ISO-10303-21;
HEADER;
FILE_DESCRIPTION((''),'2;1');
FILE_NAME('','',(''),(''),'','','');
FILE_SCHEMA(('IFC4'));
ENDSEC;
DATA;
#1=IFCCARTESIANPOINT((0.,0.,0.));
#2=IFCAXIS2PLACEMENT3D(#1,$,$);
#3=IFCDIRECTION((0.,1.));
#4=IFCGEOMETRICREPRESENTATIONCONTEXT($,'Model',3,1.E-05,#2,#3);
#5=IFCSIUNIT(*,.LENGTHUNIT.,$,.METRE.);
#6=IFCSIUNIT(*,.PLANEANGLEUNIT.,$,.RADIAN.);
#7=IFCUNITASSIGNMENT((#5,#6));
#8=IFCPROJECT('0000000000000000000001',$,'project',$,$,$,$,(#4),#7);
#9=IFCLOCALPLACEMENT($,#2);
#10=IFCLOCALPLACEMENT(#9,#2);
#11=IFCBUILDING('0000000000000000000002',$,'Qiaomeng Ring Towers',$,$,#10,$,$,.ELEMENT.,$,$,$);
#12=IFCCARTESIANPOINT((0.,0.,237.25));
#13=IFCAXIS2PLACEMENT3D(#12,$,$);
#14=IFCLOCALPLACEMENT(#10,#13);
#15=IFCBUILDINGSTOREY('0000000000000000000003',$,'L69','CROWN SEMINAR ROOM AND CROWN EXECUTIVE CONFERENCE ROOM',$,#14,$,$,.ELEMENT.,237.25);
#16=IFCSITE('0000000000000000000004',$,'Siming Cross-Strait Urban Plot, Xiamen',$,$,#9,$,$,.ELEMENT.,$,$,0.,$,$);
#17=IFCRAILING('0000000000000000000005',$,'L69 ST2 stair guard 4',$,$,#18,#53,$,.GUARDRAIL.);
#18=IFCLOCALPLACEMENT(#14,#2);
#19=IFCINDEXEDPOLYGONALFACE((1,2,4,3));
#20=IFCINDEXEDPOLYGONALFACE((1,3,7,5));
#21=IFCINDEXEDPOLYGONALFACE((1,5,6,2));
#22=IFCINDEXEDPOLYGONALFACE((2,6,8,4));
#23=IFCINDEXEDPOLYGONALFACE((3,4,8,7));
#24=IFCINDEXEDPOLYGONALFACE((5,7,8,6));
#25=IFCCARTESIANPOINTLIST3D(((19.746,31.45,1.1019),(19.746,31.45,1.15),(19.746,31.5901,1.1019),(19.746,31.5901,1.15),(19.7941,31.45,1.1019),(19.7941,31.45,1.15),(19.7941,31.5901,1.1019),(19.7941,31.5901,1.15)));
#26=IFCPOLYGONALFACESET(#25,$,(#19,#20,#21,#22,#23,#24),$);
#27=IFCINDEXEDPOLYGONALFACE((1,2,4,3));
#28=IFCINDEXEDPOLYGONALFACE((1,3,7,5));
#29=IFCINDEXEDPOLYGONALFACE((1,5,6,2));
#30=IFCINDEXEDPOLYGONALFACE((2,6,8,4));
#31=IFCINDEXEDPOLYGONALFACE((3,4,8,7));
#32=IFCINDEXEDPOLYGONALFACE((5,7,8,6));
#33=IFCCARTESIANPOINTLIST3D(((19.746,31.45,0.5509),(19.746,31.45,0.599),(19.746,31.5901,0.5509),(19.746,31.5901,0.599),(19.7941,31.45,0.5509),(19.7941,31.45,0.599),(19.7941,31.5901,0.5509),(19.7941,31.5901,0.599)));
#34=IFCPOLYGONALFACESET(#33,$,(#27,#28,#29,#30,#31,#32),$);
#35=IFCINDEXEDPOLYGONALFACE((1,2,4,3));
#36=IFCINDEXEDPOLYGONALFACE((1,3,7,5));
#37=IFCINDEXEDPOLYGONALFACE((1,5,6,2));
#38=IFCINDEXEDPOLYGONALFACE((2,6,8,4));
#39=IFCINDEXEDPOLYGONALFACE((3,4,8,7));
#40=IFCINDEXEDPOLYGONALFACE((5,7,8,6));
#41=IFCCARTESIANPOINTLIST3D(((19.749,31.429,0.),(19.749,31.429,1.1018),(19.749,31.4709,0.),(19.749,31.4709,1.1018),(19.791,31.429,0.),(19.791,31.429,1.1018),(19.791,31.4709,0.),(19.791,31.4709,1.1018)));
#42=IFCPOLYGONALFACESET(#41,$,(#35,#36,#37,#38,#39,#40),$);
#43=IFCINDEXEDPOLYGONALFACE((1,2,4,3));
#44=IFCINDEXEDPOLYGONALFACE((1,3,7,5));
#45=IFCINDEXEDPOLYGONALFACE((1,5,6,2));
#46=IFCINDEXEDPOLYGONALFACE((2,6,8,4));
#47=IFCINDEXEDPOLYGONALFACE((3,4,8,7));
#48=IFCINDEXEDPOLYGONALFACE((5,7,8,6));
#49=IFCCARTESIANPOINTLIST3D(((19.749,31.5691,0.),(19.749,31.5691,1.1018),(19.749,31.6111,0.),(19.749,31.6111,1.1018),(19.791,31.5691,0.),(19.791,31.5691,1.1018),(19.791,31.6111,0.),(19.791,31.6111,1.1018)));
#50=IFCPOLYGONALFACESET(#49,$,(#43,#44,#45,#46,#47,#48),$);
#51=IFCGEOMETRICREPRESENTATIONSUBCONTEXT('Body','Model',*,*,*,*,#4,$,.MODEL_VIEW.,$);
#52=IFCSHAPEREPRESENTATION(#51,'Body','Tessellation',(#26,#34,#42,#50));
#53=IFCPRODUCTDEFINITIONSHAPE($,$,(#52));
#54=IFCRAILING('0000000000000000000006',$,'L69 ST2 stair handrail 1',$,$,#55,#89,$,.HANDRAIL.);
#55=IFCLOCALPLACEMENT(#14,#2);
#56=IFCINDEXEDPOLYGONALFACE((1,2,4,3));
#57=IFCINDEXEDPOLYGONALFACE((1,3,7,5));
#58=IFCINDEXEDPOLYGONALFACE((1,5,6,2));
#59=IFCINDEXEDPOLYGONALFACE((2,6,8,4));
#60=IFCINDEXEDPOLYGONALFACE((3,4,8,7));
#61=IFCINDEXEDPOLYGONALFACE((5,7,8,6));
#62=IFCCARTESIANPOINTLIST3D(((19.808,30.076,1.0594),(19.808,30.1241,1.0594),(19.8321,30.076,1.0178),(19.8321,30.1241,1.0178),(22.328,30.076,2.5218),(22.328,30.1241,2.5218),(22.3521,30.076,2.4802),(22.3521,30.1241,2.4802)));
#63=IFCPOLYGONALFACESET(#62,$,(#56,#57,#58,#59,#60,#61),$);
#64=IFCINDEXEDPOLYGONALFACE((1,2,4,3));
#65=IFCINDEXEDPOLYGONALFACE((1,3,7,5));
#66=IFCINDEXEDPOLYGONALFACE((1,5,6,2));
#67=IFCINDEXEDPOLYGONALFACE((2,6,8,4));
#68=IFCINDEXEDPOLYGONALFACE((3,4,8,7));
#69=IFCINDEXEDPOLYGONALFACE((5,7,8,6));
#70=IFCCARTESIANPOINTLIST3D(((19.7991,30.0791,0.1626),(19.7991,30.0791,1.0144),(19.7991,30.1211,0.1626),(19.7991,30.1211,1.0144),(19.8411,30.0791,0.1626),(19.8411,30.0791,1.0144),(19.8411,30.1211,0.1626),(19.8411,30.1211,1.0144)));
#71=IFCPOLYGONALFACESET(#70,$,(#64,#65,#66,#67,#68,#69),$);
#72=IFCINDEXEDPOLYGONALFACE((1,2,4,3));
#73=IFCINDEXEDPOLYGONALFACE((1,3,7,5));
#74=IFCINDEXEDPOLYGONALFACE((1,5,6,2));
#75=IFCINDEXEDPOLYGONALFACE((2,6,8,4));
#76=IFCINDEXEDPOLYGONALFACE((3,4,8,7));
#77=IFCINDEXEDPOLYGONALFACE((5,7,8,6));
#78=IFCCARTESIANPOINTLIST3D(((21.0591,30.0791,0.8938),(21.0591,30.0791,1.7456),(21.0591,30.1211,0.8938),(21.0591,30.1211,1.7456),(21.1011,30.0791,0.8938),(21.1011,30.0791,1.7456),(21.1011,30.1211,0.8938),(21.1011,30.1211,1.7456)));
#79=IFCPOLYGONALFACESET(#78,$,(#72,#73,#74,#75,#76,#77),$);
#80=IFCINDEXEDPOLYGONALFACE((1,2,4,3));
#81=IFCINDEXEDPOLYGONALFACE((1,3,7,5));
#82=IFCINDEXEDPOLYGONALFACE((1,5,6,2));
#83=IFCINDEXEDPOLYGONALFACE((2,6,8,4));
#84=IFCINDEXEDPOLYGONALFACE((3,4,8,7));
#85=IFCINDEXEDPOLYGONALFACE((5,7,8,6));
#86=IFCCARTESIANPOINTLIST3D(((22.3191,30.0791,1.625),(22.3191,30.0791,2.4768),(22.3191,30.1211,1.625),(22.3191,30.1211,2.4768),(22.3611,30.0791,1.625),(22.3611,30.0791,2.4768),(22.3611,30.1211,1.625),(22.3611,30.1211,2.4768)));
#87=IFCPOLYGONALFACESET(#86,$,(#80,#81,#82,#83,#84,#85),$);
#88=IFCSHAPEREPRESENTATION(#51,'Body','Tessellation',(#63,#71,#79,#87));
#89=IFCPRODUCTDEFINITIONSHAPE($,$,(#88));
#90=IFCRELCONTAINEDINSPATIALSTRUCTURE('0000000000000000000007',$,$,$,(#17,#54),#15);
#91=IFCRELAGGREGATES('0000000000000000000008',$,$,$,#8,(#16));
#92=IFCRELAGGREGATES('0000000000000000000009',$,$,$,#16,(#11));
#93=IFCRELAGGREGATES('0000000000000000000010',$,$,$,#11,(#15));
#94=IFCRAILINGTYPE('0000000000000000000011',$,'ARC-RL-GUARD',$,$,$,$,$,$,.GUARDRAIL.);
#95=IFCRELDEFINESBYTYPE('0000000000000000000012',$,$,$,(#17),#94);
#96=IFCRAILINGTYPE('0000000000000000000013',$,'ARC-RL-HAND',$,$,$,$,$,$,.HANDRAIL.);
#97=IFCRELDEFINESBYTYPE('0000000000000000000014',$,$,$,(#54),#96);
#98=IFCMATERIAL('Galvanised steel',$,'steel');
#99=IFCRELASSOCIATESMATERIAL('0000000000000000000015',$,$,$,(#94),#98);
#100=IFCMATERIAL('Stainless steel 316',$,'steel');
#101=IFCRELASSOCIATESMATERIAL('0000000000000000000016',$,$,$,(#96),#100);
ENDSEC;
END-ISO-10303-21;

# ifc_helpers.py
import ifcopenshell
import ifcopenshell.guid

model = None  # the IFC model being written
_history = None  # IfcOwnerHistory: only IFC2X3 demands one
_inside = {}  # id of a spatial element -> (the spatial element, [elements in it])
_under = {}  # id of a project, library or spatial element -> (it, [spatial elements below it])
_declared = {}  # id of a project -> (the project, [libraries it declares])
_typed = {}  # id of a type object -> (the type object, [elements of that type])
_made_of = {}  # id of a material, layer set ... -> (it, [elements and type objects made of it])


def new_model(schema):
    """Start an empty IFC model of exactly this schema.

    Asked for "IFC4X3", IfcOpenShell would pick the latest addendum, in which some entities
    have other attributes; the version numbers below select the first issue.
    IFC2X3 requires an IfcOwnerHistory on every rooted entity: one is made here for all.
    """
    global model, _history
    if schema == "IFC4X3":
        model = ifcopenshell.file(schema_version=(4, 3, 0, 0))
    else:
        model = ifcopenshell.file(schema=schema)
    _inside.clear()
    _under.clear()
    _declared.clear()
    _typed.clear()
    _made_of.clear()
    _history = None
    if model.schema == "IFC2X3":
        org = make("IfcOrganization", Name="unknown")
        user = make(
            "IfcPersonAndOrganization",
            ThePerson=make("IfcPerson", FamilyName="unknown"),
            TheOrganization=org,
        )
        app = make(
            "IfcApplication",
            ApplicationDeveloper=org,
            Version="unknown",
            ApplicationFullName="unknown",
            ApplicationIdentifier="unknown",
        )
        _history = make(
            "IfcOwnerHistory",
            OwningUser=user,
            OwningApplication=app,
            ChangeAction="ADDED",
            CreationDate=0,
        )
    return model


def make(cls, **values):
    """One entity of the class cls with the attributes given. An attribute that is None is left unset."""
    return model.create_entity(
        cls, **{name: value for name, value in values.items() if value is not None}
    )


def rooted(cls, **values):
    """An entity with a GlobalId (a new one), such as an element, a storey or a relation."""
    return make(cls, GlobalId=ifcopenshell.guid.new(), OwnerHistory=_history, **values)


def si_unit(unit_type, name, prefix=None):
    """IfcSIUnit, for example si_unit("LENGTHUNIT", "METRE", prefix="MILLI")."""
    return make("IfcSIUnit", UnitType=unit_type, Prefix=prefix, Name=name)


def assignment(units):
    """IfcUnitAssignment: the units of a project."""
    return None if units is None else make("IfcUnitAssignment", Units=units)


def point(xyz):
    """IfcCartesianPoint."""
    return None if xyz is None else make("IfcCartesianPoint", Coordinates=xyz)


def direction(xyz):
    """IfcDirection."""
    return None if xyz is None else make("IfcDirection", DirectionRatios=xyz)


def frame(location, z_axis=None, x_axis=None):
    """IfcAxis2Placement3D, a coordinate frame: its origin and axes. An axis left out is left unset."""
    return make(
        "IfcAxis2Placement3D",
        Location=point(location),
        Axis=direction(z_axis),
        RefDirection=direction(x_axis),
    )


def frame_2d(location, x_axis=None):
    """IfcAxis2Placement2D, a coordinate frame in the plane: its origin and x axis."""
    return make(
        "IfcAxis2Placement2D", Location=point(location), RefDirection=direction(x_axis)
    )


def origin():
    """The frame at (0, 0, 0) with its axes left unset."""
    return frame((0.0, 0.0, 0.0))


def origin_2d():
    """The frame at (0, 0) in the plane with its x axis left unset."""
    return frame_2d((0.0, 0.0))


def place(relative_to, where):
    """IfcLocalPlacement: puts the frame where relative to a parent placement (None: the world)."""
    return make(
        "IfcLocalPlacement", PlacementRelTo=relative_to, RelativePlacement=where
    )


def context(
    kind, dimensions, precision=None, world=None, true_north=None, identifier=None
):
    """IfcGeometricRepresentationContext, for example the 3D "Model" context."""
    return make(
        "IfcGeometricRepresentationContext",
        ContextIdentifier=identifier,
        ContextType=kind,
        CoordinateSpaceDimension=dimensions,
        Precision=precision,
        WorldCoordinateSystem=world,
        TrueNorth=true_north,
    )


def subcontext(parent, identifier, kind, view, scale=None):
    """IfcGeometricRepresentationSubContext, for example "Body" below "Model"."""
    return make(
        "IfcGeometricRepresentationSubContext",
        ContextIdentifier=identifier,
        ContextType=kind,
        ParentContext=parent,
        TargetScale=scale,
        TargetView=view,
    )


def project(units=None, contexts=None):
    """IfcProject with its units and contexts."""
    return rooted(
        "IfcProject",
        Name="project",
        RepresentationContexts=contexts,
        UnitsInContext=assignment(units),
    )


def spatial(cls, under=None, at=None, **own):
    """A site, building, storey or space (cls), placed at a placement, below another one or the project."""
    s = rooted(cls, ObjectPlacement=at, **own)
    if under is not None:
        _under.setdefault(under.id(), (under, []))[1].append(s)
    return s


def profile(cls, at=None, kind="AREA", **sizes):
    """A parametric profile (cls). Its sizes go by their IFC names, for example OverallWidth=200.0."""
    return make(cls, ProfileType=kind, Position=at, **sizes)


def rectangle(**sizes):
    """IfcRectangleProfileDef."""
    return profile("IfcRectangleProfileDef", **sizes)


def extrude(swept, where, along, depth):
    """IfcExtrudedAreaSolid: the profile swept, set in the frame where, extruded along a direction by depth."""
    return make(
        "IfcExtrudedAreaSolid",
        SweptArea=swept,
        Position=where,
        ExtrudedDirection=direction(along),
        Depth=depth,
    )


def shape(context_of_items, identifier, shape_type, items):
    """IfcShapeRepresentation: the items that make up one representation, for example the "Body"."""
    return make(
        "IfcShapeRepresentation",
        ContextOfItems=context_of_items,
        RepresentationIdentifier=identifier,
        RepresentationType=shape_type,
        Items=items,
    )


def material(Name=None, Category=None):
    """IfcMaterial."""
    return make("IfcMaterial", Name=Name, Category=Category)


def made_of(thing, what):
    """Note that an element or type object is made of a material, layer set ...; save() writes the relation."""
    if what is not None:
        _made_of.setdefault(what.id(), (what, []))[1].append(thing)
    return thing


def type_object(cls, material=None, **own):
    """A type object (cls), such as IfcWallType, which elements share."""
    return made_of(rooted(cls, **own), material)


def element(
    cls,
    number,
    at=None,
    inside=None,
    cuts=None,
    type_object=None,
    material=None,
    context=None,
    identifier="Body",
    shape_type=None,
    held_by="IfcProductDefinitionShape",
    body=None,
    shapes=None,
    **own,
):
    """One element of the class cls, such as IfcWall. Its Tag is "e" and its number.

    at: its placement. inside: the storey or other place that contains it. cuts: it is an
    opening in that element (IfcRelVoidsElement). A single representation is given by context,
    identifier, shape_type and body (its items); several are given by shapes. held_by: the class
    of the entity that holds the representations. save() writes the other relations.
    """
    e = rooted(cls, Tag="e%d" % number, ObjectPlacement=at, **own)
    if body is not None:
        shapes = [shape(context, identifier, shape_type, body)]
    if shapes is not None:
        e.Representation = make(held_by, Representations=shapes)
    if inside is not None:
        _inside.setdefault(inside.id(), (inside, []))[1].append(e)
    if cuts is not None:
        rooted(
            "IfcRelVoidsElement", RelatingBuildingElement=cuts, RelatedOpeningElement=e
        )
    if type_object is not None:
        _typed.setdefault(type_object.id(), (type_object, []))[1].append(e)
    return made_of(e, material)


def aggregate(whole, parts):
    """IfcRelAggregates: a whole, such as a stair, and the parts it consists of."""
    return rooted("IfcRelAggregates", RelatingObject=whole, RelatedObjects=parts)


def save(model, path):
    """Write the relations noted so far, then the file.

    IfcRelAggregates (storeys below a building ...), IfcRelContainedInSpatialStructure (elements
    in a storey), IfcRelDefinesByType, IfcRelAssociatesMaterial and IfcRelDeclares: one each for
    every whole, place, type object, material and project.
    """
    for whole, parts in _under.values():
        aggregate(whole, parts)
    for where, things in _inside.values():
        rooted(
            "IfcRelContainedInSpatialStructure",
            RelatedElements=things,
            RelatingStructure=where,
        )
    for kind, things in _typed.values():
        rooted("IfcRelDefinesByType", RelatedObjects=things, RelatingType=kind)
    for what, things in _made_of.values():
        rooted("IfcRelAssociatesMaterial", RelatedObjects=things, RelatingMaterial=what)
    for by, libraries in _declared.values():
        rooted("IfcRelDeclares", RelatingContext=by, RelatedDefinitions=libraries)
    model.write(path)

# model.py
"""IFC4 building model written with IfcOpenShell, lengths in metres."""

from ifc_helpers import new_model, si_unit, direction, frame, origin, origin_2d, place, context, subcontext, project, spatial, rectangle, extrude, material, type_object, element, save


model = new_model("IFC4")

# Units and contexts
model_context = context("Model", 3, precision=1e-05, world=origin(), true_north=direction((0.0, 1.0)))
body_context = subcontext(model_context, "Body", "Model", "MODEL_VIEW")
ifc_project = project(units=[si_unit("LENGTHUNIT", "METRE"), si_unit("PLANEANGLEUNIT", "RADIAN")], contexts=[model_context])

# Site, building, storey
site_placement = place(None, origin())
site = spatial("IfcSite", under=ifc_project, at=site_placement, Name="Siming Cross-Strait Urban Plot, Xiamen", CompositionType="ELEMENT", RefElevation=0.0)
building_placement = place(site_placement, origin())
building = spatial("IfcBuilding", under=site, at=building_placement, Name="Qiaomeng Ring Towers", CompositionType="ELEMENT")
storey_placement = place(building_placement, frame((0.0, 0.0, 237.25)))
storey = spatial("IfcBuildingStorey", under=building, at=storey_placement, Name="L69", Description="CROWN SEMINAR ROOM AND CROWN EXECUTIVE CONFERENCE ROOM", CompositionType="ELEMENT", Elevation=237.25)

# Railings
ifc_material_1 = material(Name="Galvanised steel", Category="steel")
railing_type_1 = type_object("IfcRailingType", Name="ARC-RL-GUARD", PredefinedType="GUARDRAIL", material=ifc_material_1)
for number, where, name in (
    (1, (19.77, 31.45, 0.0), "L69 ST2 stair guard 4"),
):
    element("IfcRailing", number, at=place(storey_placement, frame(where)), inside=storey, type_object=railing_type_1, Name=name, PredefinedType="GUARDRAIL", context=body_context, shape_type="SweptSolid", body=[
        extrude(rectangle(XDim=0.0481, YDim=0.0481, at=origin_2d()), frame((0.0, 0.0, 1.126), z_axis=(0.0, 1.0, 0.0), x_axis=(-1.0, 0.0, 0.0)), (0.0, 0.0, 1.0), 0.1401),
        extrude(rectangle(XDim=0.0481, YDim=0.0481, at=origin_2d()), frame((0.0, 0.0, 0.575), z_axis=(0.0, 1.0, 0.0), x_axis=(-1.0, 0.0, 0.0)), (0.0, 0.0, 1.0), 0.1401),
        extrude(rectangle(XDim=0.042, YDim=0.042, at=origin_2d()), origin(), (0.0, 0.0, 1.0), 1.1018),
        extrude(rectangle(XDim=0.042, YDim=0.042, at=origin_2d()), frame((0.0, 0.1401, 0.0)), (0.0, 0.0, 1.0), 1.1018),
    ])
ifc_material_2 = material(Name="Stainless steel 316", Category="steel")
railing_type_2 = type_object("IfcRailingType", Name="ARC-RL-HAND", PredefinedType="HANDRAIL", material=ifc_material_2)
railing_1_placement = place(storey_placement, frame((19.8201, 30.1001, 0.1626)))
element("IfcRailing", 2, at=railing_1_placement, inside=storey, type_object=railing_type_2, Name="L69 ST2 stair handrail 1", PredefinedType="HANDRAIL", context=body_context, shape_type="SweptSolid", body=[
    extrude(rectangle(XDim=0.0481, YDim=0.0481, at=origin_2d()), frame((0.0, 0.0, 0.876), z_axis=(0.864913, 0.0, 0.501921), x_axis=(0.0, 1.0, 0.0)), (0.0, 0.0, 1.0), 2.9136),
    extrude(rectangle(XDim=0.042, YDim=0.042, at=origin_2d()), origin(), (0.0, 0.0, 1.0), 0.8518),
    extrude(rectangle(XDim=0.042, YDim=0.042, at=origin_2d()), frame((1.26, 0.0, 0.7312)), (0.0, 0.0, 1.0), 0.8518),
    extrude(rectangle(XDim=0.042, YDim=0.042, at=origin_2d()), frame((2.52, 0.0, 1.4624)), (0.0, 0.0, 1.0), 0.8518),
])

save(model, "model.ifc")
